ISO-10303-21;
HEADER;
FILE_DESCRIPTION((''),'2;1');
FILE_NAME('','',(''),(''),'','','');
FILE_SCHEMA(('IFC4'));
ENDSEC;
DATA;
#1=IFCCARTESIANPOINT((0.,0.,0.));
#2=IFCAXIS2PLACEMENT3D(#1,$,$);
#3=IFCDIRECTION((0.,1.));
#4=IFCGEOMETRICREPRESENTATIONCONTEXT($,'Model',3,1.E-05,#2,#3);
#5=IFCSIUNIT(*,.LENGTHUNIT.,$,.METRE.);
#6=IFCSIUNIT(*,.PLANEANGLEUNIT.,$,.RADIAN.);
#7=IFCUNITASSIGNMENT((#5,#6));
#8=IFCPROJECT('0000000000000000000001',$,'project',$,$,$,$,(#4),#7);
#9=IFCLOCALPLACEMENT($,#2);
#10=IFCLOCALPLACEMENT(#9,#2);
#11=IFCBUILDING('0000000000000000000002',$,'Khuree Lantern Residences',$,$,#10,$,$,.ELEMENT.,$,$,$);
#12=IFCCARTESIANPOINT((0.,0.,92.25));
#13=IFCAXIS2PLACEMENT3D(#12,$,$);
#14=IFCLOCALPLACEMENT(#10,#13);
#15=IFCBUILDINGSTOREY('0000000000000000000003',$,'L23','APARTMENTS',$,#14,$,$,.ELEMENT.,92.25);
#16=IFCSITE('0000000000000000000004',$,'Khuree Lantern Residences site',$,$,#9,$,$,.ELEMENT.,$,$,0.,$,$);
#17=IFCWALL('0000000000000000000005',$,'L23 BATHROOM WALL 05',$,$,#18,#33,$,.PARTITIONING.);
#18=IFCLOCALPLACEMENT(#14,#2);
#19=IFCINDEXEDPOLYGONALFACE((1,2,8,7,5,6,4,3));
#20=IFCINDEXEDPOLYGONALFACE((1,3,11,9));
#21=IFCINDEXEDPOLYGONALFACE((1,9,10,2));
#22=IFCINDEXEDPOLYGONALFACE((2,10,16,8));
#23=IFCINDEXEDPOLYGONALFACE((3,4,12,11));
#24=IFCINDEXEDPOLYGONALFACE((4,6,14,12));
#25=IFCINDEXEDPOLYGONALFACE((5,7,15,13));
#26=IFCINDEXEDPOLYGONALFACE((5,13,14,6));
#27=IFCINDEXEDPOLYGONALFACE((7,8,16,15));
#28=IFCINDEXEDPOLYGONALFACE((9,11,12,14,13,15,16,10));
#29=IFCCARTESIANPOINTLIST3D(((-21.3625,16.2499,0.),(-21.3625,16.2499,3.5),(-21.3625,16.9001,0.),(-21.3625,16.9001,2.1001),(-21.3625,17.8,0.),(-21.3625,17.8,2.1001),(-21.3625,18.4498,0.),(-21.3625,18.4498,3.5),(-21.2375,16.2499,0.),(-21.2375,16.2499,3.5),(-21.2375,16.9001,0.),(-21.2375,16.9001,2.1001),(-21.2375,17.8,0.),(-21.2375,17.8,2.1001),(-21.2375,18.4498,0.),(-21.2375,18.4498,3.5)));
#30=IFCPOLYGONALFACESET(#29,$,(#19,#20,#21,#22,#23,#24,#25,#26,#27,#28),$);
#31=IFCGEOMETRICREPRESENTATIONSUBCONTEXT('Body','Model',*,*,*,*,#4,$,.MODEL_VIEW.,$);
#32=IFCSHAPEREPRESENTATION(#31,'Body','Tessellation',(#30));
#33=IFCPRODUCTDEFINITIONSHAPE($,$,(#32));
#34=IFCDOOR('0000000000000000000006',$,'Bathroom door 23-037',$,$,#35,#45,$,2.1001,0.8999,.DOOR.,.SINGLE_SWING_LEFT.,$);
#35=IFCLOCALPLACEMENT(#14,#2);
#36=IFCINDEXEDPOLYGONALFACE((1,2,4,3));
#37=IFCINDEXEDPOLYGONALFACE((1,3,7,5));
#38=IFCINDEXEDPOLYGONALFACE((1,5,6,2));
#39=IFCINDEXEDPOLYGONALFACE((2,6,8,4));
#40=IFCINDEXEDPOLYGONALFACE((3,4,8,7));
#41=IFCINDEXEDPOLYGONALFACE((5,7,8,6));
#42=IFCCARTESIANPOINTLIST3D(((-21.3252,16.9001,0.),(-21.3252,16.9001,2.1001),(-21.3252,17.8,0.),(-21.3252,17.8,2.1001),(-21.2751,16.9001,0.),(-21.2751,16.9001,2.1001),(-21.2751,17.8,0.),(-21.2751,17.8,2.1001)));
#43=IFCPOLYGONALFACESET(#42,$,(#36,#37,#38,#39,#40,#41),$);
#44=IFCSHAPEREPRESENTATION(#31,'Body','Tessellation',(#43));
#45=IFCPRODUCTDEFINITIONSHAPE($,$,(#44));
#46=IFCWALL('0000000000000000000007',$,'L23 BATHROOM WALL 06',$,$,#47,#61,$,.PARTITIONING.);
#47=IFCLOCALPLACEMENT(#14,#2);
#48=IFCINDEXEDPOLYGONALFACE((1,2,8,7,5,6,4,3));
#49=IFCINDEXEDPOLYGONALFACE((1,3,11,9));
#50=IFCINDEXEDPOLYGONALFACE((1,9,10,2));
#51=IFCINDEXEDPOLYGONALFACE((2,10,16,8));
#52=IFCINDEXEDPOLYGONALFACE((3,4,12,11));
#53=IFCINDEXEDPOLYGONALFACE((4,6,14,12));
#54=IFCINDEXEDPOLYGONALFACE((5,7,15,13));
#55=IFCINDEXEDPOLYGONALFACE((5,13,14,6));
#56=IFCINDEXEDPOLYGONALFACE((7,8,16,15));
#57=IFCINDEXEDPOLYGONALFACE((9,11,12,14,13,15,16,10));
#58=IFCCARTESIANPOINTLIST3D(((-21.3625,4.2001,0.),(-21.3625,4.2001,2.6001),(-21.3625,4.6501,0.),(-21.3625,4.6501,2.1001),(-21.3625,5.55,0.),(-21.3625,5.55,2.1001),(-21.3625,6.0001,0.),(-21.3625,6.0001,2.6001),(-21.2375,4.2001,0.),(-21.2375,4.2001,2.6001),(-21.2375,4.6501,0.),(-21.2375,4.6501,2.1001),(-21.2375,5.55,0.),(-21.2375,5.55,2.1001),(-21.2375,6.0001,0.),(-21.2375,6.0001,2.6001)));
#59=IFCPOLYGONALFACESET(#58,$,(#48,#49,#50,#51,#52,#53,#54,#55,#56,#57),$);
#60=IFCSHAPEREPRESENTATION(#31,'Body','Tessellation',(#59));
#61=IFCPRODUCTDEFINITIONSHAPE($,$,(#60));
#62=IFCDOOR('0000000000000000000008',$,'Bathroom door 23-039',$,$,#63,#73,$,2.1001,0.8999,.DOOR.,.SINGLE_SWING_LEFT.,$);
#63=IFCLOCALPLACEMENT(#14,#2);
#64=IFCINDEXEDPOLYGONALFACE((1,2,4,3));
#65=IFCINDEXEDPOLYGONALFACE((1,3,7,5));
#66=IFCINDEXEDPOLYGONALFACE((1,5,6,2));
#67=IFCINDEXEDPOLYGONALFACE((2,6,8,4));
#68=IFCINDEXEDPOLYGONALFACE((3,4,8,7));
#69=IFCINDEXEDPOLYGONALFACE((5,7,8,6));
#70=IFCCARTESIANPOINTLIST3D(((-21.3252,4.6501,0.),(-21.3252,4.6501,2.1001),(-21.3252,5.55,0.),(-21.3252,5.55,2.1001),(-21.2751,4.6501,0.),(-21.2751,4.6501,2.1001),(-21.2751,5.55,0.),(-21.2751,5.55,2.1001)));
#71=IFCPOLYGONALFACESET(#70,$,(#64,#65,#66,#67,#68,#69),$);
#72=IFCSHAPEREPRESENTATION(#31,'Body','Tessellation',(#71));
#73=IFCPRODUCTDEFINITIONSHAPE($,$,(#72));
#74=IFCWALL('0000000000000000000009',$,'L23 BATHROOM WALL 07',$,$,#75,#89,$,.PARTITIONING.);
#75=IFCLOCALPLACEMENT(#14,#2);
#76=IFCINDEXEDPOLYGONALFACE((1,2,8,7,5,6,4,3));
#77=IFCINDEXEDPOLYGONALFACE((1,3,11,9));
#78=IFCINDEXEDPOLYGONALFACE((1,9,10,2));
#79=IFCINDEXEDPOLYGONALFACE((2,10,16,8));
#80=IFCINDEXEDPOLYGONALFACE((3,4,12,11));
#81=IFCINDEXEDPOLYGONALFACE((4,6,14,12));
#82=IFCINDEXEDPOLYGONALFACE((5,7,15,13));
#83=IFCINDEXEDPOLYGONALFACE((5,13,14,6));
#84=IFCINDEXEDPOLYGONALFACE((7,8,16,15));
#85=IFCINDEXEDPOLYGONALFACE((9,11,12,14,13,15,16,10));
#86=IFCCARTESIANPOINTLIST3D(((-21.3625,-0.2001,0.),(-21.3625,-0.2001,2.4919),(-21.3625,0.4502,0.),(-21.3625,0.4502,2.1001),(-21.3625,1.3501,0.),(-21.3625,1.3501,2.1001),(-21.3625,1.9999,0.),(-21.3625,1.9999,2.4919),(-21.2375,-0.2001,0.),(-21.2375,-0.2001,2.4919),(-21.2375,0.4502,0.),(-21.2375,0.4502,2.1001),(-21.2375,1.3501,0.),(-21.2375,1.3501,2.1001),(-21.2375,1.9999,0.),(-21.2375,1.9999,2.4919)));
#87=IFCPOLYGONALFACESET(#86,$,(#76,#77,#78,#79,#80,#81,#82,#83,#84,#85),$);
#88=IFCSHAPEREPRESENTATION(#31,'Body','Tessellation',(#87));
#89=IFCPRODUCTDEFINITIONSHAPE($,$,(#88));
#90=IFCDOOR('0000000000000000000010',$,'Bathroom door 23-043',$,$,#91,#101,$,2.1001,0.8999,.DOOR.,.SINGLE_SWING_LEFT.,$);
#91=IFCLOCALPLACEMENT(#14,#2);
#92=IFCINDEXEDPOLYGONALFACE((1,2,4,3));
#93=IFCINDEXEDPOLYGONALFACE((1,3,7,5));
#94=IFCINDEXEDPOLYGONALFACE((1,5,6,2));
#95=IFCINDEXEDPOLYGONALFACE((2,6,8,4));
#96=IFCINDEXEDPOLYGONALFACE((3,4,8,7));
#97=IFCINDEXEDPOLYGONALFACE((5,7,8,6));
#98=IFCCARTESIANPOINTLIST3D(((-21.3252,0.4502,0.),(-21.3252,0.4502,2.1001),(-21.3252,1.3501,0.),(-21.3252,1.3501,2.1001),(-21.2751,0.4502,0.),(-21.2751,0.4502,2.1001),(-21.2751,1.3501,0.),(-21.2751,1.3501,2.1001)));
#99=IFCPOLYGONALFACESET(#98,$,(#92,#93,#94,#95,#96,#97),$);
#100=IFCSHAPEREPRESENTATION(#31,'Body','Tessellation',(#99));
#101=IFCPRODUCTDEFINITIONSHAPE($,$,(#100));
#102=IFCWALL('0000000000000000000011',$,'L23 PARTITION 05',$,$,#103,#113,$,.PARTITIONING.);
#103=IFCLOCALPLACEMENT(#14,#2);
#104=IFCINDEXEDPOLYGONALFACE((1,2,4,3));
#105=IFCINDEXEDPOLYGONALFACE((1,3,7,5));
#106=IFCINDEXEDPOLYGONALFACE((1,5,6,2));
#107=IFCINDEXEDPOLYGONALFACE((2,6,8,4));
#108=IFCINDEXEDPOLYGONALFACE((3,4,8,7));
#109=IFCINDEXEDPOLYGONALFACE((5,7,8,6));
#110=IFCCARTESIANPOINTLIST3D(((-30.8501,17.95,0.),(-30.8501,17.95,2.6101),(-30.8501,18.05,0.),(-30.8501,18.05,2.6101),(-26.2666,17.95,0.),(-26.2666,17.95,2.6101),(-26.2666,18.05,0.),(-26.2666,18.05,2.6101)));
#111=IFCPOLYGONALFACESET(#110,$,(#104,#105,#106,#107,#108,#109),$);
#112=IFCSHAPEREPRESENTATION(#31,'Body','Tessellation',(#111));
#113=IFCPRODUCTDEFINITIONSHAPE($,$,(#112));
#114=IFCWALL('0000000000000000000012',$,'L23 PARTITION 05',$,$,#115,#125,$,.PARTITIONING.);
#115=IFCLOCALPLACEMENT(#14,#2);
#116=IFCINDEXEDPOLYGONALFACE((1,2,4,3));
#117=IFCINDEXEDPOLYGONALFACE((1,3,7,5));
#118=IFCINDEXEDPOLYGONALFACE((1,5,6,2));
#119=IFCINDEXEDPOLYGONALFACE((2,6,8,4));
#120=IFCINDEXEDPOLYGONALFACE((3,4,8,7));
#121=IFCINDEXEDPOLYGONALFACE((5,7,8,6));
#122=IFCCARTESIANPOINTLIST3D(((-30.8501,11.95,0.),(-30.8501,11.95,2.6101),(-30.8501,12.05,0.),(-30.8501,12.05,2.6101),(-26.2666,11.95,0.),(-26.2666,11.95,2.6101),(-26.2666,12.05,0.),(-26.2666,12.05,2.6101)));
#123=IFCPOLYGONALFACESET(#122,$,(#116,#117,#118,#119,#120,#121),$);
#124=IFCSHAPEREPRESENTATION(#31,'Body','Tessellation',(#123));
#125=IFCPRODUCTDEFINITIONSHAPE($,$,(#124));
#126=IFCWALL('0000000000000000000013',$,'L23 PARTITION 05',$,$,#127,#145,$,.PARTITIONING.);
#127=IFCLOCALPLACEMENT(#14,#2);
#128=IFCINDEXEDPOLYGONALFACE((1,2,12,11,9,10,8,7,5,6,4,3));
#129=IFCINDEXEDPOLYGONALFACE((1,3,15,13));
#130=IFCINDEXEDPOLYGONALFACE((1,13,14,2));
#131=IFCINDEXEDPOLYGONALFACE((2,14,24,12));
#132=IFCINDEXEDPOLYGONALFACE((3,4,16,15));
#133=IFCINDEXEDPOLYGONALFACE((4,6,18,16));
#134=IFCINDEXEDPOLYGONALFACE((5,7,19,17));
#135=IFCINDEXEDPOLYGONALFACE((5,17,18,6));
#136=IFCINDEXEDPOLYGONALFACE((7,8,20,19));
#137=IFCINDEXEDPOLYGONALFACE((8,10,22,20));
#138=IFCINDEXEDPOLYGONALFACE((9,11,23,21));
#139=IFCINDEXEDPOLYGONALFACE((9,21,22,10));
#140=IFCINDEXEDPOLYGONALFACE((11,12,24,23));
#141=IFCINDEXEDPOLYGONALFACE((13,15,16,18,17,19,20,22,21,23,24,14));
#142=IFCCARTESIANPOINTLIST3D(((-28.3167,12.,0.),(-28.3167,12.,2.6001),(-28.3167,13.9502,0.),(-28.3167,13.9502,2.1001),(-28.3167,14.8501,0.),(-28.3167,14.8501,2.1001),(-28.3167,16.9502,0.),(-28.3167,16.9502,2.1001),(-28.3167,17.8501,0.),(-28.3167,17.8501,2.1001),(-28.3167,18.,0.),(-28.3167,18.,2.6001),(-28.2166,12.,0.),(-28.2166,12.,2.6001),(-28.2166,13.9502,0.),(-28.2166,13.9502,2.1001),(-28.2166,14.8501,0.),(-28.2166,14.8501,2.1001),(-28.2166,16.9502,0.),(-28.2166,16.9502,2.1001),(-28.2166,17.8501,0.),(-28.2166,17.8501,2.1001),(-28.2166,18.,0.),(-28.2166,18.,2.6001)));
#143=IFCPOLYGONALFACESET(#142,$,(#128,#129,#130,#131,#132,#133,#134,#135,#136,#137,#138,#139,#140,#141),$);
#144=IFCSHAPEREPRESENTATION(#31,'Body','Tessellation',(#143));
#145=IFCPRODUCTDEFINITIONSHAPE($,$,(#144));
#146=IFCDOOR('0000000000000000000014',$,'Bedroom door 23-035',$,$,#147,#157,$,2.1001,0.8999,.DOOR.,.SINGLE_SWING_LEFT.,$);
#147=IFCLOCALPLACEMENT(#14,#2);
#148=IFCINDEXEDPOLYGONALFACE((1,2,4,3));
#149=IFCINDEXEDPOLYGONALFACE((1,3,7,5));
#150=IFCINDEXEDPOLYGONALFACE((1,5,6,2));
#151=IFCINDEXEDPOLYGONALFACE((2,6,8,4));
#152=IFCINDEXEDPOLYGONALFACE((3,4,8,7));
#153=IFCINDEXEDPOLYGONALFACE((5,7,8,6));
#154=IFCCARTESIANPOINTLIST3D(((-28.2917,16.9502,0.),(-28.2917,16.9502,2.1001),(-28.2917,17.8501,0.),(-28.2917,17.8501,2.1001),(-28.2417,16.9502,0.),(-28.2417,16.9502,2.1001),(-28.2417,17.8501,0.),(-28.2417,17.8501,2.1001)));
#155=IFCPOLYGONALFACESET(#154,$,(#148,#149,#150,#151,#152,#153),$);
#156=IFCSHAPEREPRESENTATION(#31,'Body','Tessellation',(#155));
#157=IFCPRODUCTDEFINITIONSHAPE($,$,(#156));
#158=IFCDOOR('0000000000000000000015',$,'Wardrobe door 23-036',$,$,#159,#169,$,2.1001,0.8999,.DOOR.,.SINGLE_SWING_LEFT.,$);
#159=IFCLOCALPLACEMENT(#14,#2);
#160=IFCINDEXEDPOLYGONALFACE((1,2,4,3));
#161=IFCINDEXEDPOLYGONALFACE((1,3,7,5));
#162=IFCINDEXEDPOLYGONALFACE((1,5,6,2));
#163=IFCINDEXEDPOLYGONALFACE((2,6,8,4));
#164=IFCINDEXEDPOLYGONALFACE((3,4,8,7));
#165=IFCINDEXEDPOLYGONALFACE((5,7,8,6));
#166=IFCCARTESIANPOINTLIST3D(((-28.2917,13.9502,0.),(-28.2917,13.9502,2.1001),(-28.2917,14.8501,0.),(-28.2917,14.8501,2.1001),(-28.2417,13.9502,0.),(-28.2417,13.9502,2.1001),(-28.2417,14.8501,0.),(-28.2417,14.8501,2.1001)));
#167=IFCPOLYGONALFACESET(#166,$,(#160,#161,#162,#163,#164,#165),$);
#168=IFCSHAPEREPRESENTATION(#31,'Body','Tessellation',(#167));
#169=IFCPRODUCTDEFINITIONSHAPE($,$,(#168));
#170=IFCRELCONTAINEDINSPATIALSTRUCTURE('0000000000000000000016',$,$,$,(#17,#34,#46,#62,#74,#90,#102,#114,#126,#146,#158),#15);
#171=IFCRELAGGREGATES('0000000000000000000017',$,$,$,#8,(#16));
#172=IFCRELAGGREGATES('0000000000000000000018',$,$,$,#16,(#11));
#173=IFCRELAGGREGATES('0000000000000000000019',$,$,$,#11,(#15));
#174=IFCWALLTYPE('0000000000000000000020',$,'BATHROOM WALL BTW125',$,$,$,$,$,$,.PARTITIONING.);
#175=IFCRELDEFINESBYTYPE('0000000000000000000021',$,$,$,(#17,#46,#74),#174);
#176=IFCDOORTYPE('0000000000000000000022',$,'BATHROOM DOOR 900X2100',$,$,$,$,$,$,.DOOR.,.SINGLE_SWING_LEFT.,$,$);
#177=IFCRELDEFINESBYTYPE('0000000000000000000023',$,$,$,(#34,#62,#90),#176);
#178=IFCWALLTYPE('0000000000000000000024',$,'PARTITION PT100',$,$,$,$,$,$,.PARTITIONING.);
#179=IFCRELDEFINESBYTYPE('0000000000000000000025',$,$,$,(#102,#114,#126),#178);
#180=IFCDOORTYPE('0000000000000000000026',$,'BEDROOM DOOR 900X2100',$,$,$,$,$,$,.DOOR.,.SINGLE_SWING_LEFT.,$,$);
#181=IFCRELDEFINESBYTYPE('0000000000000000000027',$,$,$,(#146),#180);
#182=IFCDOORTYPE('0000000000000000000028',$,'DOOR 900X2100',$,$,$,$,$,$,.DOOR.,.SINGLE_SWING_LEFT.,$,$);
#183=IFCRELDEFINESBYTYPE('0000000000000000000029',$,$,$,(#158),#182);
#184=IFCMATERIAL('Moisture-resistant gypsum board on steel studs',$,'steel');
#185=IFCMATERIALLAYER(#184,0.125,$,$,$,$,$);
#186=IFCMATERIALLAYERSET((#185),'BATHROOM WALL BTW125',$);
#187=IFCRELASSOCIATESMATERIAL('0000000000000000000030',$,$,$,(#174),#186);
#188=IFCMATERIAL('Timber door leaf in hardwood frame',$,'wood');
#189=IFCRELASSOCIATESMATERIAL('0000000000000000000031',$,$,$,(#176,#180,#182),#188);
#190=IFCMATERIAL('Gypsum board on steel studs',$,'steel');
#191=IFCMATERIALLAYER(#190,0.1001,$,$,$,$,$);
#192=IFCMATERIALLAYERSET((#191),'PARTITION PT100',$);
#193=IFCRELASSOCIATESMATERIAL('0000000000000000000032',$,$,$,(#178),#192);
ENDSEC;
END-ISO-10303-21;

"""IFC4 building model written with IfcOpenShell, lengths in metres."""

from ifc_helpers import new_model, si_unit, direction, frame, frame_2d, origin, place, context, subcontext, project, spatial, rectangle, extrude, material, layer, layer_set, type_object, element, fill, save


model = new_model("IFC4")

# Units and contexts
model_context = context("Model", 3, precision=1e-05, world=origin(), true_north=direction((0.0, 1.0)))
body_context = subcontext(model_context, "Body", "Model", "MODEL_VIEW")
ifc_project = project(units=[si_unit("LENGTHUNIT", "METRE"), si_unit("PLANEANGLEUNIT", "RADIAN")], contexts=[model_context])

# Site, building, storey
site_placement = place(None, origin())
site = spatial("IfcSite", under=ifc_project, at=site_placement, Name="Khuree Lantern Residences site", CompositionType="ELEMENT", RefElevation=0.0)
building_placement = place(site_placement, origin())
building = spatial("IfcBuilding", under=site, at=building_placement, Name="Khuree Lantern Residences", CompositionType="ELEMENT")
storey_placement = place(building_placement, frame((0.0, 0.0, 92.25)))
storey = spatial("IfcBuildingStorey", under=building, at=storey_placement, Name="L23", Description="APARTMENTS", CompositionType="ELEMENT", Elevation=92.25)

# Walls, openings, doors
ifc_material_1 = material(Name="Moisture-resistant gypsum board on steel studs", Category="steel")
ifc_layer_1 = layer(ifc_material_1, 0.125)
ifc_layer_set_1 = layer_set([ifc_layer_1], Name="BATHROOM WALL BTW125")
wall_type_1 = type_object("IfcWallType", Name="BATHROOM WALL BTW125", PredefinedType="PARTITIONING", material=ifc_layer_set_1)
wall_1_placement = place(storey_placement, frame((-21.3, 18.45, 0.0), z_axis=(0.0, 0.0, 1.0), x_axis=(0.0, -1.0, 0.0)))
wall_1 = element("IfcWall", 1, at=wall_1_placement, inside=storey, type_object=wall_type_1, Name="L23 BATHROOM WALL 05", PredefinedType="PARTITIONING", context=body_context, shape_type="SweptSolid", body=[
    extrude(rectangle(XDim=2.2, YDim=0.125, at=frame_2d((1.1001, 0.0))), origin(), (0.0, 0.0, 1.0), 3.5),
])
opening_1_placement = place(wall_1_placement, frame((0.6499, 0.0, 0.0)))
opening_1 = element("IfcOpeningElement", 2, at=opening_1_placement, cuts=wall_1, PredefinedType="OPENING", context=body_context, shape_type="SweptSolid", body=[
    extrude(rectangle(XDim=0.8999, YDim=2.1001, at=frame_2d((0.45, 1.05))), frame((0.0, 0.0725, 0.0), z_axis=(0.0, -1.0, 0.0), x_axis=(1.0, 0.0, 0.0)), (0.0, 0.0, 1.0), 0.145),
])
ifc_material_2 = material(Name="Timber door leaf in hardwood frame", Category="wood")
door_type_1 = type_object("IfcDoorType", Name="BATHROOM DOOR 900X2100", OperationType="SINGLE_SWING_LEFT", PredefinedType="DOOR", material=ifc_material_2)
door_1_placement = place(opening_1_placement, origin())
door_1 = element("IfcDoor", 3, at=door_1_placement, inside=storey, type_object=door_type_1, Name="Bathroom door 23-037", OperationType="SINGLE_SWING_LEFT", OverallHeight=2.1001, OverallWidth=0.8999, PredefinedType="DOOR", context=body_context, shape_type="SweptSolid", body=[
    extrude(rectangle(XDim=0.8999, YDim=2.1001, at=frame_2d((0.45, 1.05))), frame((0.0, 0.0249, 0.0), z_axis=(0.0, -1.0, 0.0), x_axis=(1.0, 0.0, 0.0)), (0.0, 0.0, 1.0), 0.05),
])
fill(opening_1, door_1)
wall_2_placement = place(storey_placement, frame((-21.3, 6.0, 0.0), z_axis=(0.0, 0.0, 1.0), x_axis=(0.0, -1.0, 0.0)))
wall_2 = element("IfcWall", 4, at=wall_2_placement, inside=storey, type_object=wall_type_1, Name="L23 BATHROOM WALL 06", PredefinedType="PARTITIONING", context=body_context, shape_type="SweptSolid", body=[
    extrude(rectangle(XDim=1.8, YDim=0.125, at=frame_2d((0.8999, 0.0))), origin(), (0.0, 0.0, 1.0), 2.6001),
])
opening_2_placement = place(wall_2_placement, frame((0.45, 0.0, 0.0)))
opening_2 = element("IfcOpeningElement", 5, at=opening_2_placement, cuts=wall_2, PredefinedType="OPENING", context=body_context, shape_type="SweptSolid", body=[
    extrude(rectangle(XDim=0.8999, YDim=2.1001, at=frame_2d((0.45, 1.05))), frame((0.0, 0.0725, 0.0), z_axis=(0.0, -1.0, 0.0), x_axis=(1.0, 0.0, 0.0)), (0.0, 0.0, 1.0), 0.145),
])
door_2_placement = place(opening_2_placement, origin())
door_2 = element("IfcDoor", 6, at=door_2_placement, inside=storey, type_object=door_type_1, Name="Bathroom door 23-039", OperationType="SINGLE_SWING_LEFT", OverallHeight=2.1001, OverallWidth=0.8999, PredefinedType="DOOR", context=body_context, shape_type="SweptSolid", body=[
    extrude(rectangle(XDim=0.8999, YDim=2.1001, at=frame_2d((0.45, 1.05))), frame((0.0, 0.0249, 0.0), z_axis=(0.0, -1.0, 0.0), x_axis=(1.0, 0.0, 0.0)), (0.0, 0.0, 1.0), 0.05),
])
fill(opening_2, door_2)
wall_3_placement = place(storey_placement, frame((-21.3, 2.0, 0.0), z_axis=(0.0, 0.0, 1.0), x_axis=(0.0, -1.0, 0.0)))
wall_3 = element("IfcWall", 7, at=wall_3_placement, inside=storey, type_object=wall_type_1, Name="L23 BATHROOM WALL 07", PredefinedType="PARTITIONING", context=body_context, shape_type="SweptSolid", body=[
    extrude(rectangle(XDim=2.2, YDim=0.125, at=frame_2d((1.1001, 0.0))), origin(), (0.0, 0.0, 1.0), 2.4919),
])
opening_3_placement = place(wall_3_placement, frame((0.6499, 0.0, 0.0)))
opening_3 = element("IfcOpeningElement", 8, at=opening_3_placement, cuts=wall_3, PredefinedType="OPENING", context=body_context, shape_type="SweptSolid", body=[
    extrude(rectangle(XDim=0.8999, YDim=2.1001, at=frame_2d((0.45, 1.05))), frame((0.0, 0.0725, 0.0), z_axis=(0.0, -1.0, 0.0), x_axis=(1.0, 0.0, 0.0)), (0.0, 0.0, 1.0), 0.145),
])
door_3_placement = place(opening_3_placement, origin())
door_3 = element("IfcDoor", 9, at=door_3_placement, inside=storey, type_object=door_type_1, Name="Bathroom door 23-043", OperationType="SINGLE_SWING_LEFT", OverallHeight=2.1001, OverallWidth=0.8999, PredefinedType="DOOR", context=body_context, shape_type="SweptSolid", body=[
    extrude(rectangle(XDim=0.8999, YDim=2.1001, at=frame_2d((0.45, 1.05))), frame((0.0, 0.0249, 0.0), z_axis=(0.0, -1.0, 0.0), x_axis=(1.0, 0.0, 0.0)), (0.0, 0.0, 1.0), 0.05),
])
fill(opening_3, door_3)

# Walls
ifc_material_3 = material(Name="Gypsum board on steel studs", Category="steel")
ifc_layer_2 = layer(ifc_material_3, 0.1001)
ifc_layer_set_2 = layer_set([ifc_layer_2], Name="PARTITION PT100")
wall_type_2 = type_object("IfcWallType", Name="PARTITION PT100", PredefinedType="PARTITIONING", material=ifc_layer_set_2)
for number, where, z_axis, x_axis, name in (
    (10, (-26.2666, 18.0, 0.0), (0.0, 0.0, 1.0), (-1.0, 0.0, 0.0), "L23 PARTITION 05"),
    (11, (-26.2666, 12.0, 0.0), (0.0, 0.0, 1.0), (-1.0, 0.0, 0.0), "L23 PARTITION 05"),
):
    element("IfcWall", number, at=place(storey_placement, frame(where, z_axis=z_axis, x_axis=x_axis)), inside=storey, type_object=wall_type_2, Name=name, PredefinedType="PARTITIONING", context=body_context, shape_type="SweptSolid", body=[
        extrude(rectangle(XDim=4.5835, YDim=0.1001, at=frame_2d((2.2917, 0.0))), origin(), (0.0, 0.0, 1.0), 2.6101),
    ])

# Wall, openings, doors
wall_4_placement = place(storey_placement, frame((-28.2666, 18.0, 0.0), z_axis=(0.0, 0.0, 1.0), x_axis=(0.0, -1.0, 0.0)))
wall_4 = element("IfcWall", 12, at=wall_4_placement, inside=storey, type_object=wall_type_2, Name="L23 PARTITION 05", PredefinedType="PARTITIONING", context=body_context, shape_type="SweptSolid", body=[
    extrude(rectangle(XDim=6.0, YDim=0.1001, at=frame_2d((3.0, 0.0))), origin(), (0.0, 0.0, 1.0), 2.6001),
])
opening_4_placement = place(wall_4_placement, frame((0.1499, 0.0, 0.0)))
opening_4 = element("IfcOpeningElement", 13, at=opening_4_placement, cuts=wall_4, PredefinedType="OPENING", context=body_context, shape_type="SweptSolid", body=[
    extrude(rectangle(XDim=0.8999, YDim=2.1001, at=frame_2d((0.45, 1.05))), frame((0.0, 0.0601, 0.0), z_axis=(0.0, -1.0, 0.0), x_axis=(1.0, 0.0, 0.0)), (0.0, 0.0, 1.0), 0.1201),
])
opening_5_placement = place(wall_4_placement, frame((3.1499, 0.0, 0.0)))
opening_5 = element("IfcOpeningElement", 14, at=opening_5_placement, cuts=wall_4, PredefinedType="OPENING", context=body_context, shape_type="SweptSolid", body=[
    extrude(rectangle(XDim=0.8999, YDim=2.1001, at=frame_2d((0.45, 1.05))), frame((0.0, 0.0601, 0.0), z_axis=(0.0, -1.0, 0.0), x_axis=(1.0, 0.0, 0.0)), (0.0, 0.0, 1.0), 0.1201),
])
door_type_2 = type_object("IfcDoorType", Name="BEDROOM DOOR 900X2100", OperationType="SINGLE_SWING_LEFT", PredefinedType="DOOR", material=ifc_material_2)
door_4_placement = place(opening_4_placement, origin())
door_4 = element("IfcDoor", 15, at=door_4_placement, inside=storey, type_object=door_type_2, Name="Bedroom door 23-035", OperationType="SINGLE_SWING_LEFT", OverallHeight=2.1001, OverallWidth=0.8999, PredefinedType="DOOR", context=body_context, shape_type="SweptSolid", body=[
    extrude(rectangle(XDim=0.8999, YDim=2.1001, at=frame_2d((0.45, 1.05))), frame((0.0, 0.0249, 0.0), z_axis=(0.0, -1.0, 0.0), x_axis=(1.0, 0.0, 0.0)), (0.0, 0.0, 1.0), 0.05),
])
fill(opening_4, door_4)
door_type_3 = type_object("IfcDoorType", Name="DOOR 900X2100", OperationType="SINGLE_SWING_LEFT", PredefinedType="DOOR", material=ifc_material_2)
door_5_placement = place(opening_5_placement, origin())
door_5 = element("IfcDoor", 16, at=door_5_placement, inside=storey, type_object=door_type_3, Name="Wardrobe door 23-036", OperationType="SINGLE_SWING_LEFT", OverallHeight=2.1001, OverallWidth=0.8999, PredefinedType="DOOR", context=body_context, shape_type="SweptSolid", body=[
    extrude(rectangle(XDim=0.8999, YDim=2.1001, at=frame_2d((0.45, 1.05))), frame((0.0, 0.0249, 0.0), z_axis=(0.0, -1.0, 0.0), x_axis=(1.0, 0.0, 0.0)), (0.0, 0.0, 1.0), 0.05),
])
fill(opening_5, door_5)

save(model, "model.ifc")
